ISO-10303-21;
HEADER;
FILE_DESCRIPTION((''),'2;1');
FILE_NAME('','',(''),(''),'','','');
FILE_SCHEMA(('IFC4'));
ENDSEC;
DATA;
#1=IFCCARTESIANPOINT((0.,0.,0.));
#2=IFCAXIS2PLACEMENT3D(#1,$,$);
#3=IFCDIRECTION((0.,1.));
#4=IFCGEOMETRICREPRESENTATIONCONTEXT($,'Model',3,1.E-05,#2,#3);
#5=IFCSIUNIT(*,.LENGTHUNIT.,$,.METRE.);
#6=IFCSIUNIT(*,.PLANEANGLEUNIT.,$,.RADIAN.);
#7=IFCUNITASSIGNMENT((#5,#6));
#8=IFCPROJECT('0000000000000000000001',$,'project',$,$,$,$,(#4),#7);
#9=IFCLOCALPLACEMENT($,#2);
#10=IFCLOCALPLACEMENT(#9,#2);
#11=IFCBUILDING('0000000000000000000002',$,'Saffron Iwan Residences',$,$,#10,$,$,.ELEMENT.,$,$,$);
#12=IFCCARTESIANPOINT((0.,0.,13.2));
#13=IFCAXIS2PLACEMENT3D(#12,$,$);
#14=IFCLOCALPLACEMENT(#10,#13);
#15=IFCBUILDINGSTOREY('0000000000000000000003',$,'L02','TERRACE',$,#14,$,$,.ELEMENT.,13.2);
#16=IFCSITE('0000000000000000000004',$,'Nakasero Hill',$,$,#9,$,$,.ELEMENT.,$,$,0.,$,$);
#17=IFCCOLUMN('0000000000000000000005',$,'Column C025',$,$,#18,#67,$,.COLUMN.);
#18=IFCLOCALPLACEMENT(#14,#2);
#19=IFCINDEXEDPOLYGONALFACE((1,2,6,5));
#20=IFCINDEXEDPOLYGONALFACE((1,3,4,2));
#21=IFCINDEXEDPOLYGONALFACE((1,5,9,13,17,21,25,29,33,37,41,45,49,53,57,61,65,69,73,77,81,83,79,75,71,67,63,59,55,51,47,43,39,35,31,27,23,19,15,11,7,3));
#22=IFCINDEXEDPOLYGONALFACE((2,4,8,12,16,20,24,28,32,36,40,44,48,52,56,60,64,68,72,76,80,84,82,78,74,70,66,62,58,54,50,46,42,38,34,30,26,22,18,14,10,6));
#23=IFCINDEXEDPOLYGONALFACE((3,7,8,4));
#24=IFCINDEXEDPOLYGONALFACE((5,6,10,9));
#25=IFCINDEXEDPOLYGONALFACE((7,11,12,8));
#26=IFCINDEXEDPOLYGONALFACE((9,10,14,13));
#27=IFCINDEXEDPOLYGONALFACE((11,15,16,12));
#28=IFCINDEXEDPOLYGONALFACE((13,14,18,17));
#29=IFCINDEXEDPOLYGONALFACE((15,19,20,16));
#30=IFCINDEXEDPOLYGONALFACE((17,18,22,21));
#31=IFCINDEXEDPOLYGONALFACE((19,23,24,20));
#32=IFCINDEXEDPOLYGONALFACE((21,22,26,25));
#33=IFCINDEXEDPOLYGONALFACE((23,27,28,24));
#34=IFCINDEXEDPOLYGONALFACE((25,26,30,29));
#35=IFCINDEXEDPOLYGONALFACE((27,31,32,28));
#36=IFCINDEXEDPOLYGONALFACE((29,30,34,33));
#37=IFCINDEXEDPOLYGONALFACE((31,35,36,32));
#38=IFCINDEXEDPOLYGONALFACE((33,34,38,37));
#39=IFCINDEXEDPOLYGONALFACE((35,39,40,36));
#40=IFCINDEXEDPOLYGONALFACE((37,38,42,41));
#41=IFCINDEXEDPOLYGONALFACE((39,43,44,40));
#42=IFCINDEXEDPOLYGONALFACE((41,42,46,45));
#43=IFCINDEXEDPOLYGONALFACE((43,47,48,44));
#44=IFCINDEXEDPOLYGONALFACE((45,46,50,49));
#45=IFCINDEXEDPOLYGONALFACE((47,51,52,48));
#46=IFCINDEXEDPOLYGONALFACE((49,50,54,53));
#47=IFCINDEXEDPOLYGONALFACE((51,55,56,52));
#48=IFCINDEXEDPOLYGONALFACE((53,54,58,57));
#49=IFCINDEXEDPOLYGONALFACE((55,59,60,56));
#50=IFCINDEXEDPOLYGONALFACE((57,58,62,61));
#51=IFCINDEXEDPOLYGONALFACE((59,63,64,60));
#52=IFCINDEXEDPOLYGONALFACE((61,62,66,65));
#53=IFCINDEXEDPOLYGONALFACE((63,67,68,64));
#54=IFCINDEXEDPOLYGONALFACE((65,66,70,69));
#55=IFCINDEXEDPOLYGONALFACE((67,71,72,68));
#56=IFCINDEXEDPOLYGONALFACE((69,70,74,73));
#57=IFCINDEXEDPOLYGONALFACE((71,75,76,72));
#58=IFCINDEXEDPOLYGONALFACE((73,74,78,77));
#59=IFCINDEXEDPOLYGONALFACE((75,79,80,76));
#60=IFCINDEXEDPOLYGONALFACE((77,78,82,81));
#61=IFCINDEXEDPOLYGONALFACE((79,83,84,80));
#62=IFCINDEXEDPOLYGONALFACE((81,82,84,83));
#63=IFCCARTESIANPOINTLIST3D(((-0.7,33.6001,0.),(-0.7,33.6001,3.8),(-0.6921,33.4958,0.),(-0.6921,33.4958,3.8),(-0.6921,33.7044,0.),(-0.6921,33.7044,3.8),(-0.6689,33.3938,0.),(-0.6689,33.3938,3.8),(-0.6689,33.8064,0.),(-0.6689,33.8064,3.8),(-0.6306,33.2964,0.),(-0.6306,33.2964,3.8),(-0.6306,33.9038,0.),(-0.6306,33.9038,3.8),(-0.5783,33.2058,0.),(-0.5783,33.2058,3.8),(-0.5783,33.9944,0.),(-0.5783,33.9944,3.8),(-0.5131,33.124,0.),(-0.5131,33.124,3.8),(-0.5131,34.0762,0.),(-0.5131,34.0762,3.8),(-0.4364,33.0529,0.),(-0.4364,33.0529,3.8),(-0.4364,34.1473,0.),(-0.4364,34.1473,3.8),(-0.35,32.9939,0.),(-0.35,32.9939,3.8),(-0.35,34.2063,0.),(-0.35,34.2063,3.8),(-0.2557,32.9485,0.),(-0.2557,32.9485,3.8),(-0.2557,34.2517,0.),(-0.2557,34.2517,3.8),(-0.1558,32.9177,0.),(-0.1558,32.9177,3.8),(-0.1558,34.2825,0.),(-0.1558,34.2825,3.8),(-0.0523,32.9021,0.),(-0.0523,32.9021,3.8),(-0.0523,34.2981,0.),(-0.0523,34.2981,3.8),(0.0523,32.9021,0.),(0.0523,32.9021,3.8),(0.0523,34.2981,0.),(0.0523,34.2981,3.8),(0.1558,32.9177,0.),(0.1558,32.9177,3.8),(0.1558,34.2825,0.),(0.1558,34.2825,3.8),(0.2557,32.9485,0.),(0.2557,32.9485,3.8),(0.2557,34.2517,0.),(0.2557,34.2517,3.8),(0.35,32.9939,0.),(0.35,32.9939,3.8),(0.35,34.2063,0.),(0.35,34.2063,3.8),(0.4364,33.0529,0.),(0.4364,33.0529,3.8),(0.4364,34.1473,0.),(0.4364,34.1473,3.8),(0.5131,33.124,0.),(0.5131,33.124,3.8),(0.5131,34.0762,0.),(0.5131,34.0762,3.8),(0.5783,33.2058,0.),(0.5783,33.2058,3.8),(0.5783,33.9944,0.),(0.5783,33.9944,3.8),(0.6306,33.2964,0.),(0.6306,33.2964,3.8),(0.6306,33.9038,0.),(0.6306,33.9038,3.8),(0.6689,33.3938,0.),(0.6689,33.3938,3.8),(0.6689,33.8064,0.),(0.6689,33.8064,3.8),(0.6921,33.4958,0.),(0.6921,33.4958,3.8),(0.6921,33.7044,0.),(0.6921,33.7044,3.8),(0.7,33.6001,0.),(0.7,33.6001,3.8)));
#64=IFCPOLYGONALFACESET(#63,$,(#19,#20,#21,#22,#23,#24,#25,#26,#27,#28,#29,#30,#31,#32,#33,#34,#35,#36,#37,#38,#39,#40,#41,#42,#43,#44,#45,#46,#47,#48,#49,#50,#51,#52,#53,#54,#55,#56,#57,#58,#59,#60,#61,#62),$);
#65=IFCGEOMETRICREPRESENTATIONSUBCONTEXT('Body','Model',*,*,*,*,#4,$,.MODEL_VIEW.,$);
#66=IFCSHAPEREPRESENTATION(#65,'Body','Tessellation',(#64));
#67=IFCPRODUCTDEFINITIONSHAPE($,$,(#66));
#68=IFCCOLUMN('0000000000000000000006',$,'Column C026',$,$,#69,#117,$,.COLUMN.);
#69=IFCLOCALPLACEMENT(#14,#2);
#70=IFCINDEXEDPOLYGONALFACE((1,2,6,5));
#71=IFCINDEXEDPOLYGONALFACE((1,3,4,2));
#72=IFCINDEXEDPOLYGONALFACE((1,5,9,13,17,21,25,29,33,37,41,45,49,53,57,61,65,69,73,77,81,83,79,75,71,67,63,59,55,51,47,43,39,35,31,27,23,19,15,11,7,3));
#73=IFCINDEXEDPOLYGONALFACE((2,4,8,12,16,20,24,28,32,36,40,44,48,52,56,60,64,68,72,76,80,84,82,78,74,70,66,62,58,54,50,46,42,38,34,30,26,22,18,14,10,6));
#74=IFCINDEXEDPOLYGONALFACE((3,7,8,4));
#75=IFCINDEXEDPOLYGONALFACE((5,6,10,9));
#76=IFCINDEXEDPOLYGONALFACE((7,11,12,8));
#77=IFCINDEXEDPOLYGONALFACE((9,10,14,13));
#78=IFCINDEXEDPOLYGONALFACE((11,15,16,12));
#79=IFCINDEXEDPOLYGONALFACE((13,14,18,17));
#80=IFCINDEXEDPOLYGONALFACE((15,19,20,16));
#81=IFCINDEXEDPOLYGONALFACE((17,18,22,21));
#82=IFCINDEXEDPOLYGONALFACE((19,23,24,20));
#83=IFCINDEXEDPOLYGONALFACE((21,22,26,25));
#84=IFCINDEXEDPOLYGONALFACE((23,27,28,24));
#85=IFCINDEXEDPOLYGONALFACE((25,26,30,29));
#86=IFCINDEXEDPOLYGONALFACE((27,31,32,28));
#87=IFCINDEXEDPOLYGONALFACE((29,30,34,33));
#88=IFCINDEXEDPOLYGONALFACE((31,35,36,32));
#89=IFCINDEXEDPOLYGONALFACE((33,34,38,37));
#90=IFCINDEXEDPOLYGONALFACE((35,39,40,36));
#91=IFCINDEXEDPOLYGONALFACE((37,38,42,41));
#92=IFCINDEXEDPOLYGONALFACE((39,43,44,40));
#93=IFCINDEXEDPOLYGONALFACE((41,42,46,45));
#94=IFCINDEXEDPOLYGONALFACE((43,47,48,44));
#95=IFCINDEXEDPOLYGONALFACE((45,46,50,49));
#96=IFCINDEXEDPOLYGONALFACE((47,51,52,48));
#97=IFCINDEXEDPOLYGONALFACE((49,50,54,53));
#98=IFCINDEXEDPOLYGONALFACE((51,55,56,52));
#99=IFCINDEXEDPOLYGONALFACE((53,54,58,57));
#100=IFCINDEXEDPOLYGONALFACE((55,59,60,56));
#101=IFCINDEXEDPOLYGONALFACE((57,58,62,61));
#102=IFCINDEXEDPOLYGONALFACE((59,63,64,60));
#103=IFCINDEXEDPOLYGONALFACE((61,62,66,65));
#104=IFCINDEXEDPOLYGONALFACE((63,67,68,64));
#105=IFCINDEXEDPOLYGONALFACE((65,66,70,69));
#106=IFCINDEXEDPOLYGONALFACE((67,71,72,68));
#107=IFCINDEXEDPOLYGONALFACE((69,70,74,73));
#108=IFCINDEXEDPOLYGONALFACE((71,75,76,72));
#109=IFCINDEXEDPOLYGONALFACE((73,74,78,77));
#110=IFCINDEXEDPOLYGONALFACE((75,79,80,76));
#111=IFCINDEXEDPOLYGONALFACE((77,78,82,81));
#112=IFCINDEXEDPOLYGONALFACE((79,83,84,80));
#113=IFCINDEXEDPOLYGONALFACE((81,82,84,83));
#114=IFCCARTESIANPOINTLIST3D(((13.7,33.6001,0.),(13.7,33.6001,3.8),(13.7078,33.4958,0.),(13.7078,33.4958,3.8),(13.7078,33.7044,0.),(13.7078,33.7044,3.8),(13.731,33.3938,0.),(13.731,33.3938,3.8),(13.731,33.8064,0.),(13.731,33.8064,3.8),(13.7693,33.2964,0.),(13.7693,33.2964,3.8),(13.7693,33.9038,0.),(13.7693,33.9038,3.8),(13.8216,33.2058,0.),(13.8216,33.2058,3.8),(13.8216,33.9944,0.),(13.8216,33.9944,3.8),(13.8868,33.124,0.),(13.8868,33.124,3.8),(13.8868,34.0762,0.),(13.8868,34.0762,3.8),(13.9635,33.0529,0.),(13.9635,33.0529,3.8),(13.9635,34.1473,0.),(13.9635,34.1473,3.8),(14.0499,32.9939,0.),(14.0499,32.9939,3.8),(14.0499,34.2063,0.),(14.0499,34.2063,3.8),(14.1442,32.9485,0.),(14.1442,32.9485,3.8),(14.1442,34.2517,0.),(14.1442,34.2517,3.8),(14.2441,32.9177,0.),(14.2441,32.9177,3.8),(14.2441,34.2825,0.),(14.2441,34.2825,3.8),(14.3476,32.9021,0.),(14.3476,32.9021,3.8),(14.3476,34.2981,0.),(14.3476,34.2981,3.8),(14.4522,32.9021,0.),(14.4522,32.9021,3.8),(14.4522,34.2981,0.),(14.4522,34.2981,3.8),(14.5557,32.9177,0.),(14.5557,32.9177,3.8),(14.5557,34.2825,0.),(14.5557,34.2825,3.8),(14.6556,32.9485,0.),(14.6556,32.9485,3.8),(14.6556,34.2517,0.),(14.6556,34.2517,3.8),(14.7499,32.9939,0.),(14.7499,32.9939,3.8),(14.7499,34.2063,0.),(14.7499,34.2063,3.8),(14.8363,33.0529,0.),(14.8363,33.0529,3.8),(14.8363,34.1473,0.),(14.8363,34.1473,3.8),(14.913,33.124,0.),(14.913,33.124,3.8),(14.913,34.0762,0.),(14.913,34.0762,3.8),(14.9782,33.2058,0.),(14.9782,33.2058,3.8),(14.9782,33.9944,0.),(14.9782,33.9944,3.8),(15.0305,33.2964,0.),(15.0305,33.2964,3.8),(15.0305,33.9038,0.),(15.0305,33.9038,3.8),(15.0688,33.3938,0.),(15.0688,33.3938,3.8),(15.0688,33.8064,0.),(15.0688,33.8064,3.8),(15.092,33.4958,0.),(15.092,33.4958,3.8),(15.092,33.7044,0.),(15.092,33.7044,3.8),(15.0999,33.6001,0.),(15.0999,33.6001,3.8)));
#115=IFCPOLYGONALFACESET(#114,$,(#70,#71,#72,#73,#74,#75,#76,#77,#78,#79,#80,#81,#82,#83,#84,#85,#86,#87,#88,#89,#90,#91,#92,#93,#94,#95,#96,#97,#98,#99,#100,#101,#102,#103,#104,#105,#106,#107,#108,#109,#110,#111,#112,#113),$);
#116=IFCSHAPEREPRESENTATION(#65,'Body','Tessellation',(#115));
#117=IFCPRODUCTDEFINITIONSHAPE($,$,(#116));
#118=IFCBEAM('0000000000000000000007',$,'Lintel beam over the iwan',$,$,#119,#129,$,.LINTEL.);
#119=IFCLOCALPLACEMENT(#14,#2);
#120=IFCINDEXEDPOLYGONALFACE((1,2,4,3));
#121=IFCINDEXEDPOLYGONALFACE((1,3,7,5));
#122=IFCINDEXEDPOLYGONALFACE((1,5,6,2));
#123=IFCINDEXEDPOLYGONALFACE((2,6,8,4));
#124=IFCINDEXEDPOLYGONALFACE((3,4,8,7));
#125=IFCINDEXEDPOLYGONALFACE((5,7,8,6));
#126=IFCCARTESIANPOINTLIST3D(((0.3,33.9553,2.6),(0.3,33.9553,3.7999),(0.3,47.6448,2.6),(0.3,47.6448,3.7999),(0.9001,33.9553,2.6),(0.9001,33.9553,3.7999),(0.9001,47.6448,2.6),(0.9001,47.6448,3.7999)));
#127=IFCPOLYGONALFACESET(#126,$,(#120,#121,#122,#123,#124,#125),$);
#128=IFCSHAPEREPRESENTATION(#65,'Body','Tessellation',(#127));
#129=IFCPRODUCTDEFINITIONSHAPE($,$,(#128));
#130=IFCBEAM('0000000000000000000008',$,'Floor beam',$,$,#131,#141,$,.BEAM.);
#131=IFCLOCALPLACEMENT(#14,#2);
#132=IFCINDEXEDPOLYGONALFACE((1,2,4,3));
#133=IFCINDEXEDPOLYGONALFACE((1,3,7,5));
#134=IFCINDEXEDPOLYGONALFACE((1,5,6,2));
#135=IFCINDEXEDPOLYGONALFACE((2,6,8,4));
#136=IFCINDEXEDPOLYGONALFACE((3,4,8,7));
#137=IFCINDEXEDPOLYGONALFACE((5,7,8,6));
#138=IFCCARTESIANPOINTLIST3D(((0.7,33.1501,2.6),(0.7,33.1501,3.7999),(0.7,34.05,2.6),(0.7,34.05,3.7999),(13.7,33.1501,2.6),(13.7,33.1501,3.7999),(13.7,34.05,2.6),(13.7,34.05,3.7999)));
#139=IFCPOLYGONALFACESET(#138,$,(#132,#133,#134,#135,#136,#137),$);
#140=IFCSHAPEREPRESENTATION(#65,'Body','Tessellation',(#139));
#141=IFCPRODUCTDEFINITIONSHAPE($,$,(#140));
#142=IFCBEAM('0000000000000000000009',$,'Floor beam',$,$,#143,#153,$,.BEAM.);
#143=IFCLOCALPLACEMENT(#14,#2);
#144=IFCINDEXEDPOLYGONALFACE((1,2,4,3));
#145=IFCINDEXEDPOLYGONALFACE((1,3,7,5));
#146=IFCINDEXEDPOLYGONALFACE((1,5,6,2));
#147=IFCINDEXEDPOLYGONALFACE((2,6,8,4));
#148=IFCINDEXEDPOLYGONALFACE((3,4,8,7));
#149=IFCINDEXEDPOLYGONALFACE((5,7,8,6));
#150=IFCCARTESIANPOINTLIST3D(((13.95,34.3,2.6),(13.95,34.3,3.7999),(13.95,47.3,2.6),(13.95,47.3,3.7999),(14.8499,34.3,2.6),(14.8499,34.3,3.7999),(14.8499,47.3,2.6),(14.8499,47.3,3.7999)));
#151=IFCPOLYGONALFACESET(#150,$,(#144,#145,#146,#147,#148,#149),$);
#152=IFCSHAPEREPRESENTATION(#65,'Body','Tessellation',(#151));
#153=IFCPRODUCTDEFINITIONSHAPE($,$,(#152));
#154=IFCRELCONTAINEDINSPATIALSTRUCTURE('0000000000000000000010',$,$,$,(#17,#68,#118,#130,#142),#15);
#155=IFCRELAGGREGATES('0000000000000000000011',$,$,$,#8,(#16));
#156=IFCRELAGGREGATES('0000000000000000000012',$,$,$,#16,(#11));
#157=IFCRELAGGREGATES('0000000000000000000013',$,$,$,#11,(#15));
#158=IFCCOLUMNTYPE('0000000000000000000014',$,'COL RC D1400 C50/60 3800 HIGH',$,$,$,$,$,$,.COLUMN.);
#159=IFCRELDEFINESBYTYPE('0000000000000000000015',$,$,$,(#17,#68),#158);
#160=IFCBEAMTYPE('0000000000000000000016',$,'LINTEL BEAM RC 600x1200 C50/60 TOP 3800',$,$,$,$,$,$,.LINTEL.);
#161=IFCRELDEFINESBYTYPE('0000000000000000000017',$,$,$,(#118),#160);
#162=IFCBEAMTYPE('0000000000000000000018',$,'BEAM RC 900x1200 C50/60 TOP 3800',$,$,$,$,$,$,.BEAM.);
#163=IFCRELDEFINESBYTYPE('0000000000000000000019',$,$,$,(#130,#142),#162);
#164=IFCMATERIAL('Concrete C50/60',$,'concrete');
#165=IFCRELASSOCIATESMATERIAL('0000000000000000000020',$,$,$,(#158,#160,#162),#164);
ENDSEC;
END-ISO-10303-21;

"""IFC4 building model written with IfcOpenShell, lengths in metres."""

from ifc_helpers import new_model, si_unit, direction, frame, origin, origin_2d, place, context, subcontext, project, spatial, rectangle, circle, extrude, source, transform, mapped, material, material_profile, profile_set, type_object, element, save


model = new_model("IFC4")

# Units and contexts
model_context = context("Model", 3, precision=1e-05, world=origin(), true_north=direction((0.0, 1.0)))
body_context = subcontext(model_context, "Body", "Model", "MODEL_VIEW")
ifc_project = project(units=[si_unit("LENGTHUNIT", "METRE"), si_unit("PLANEANGLEUNIT", "RADIAN")], contexts=[model_context])

# Site, building, storey
site_placement = place(None, origin())
site = spatial("IfcSite", under=ifc_project, at=site_placement, Name="Nakasero Hill", CompositionType="ELEMENT", RefElevation=0.0)
building_placement = place(site_placement, origin())
building = spatial("IfcBuilding", under=site, at=building_placement, Name="Saffron Iwan Residences", CompositionType="ELEMENT")
storey_placement = place(building_placement, frame((0.0, 0.0, 13.2)))
storey = spatial("IfcBuildingStorey", under=building, at=storey_placement, Name="L02", Description="TERRACE", CompositionType="ELEMENT", Elevation=13.2)

# Columns
ifc_material_1 = material(Name="Concrete C50/60", Category="concrete")
ifc_material_profile_1 = material_profile(ifc_material_1, circle(Radius=0.7, at=origin_2d()), Name="RC D1400")
ifc_profile_set_1 = profile_set([ifc_material_profile_1], Name="Concrete C50/60")
column_type = type_object("IfcColumnType", Name="COL RC D1400 C50/60 3800 HIGH", PredefinedType="COLUMN", material=ifc_profile_set_1)
shared_shape_1 = source(origin(), body_context, "Body", "SweptSolid", [
    extrude(circle(Radius=0.7, at=origin_2d()), origin(), (0.0, 0.0, 1.0), 3.8),
])
for number, where, z_axis, x_axis, name in (
    (1, (0.0, 33.6001, 0.0), (0.0, 0.0, 1.0), (1.0, 0.0, 0.0), "Column C025"),
    (2, (14.3999, 33.6001, 0.0), (0.0, 0.0, 1.0), (1.0, 0.0, 0.0), "Column C026"),
):
    element("IfcColumn", number, at=place(storey_placement, frame(where, z_axis=z_axis, x_axis=x_axis)), inside=storey, type_object=column_type, Name=name, PredefinedType="COLUMN", context=body_context, shape_type="MappedRepresentation", body=[
        mapped(shared_shape_1, transform((0.0, 0.0, 0.0))),
    ])

# Beams
ifc_material_profile_2 = material_profile(ifc_material_1, rectangle(XDim=0.6001, YDim=1.2, at=origin_2d()), Name="RC 600x1200")
ifc_profile_set_2 = profile_set([ifc_material_profile_2], Name="Concrete C50/60")
beam_type_1 = type_object("IfcBeamType", Name="LINTEL BEAM RC 600x1200 C50/60 TOP 3800", PredefinedType="LINTEL", material=ifc_profile_set_2)
shared_shape_2 = source(origin(), body_context, "Body", "SweptSolid", [
    extrude(rectangle(XDim=0.6001, YDim=1.2, at=origin_2d()), origin(), (0.0, 0.0, 1.0), 13.6895),
])
beam_placement = place(storey_placement, frame((0.6001, 33.9553, 3.2), z_axis=(0.0, 1.0, 0.0), x_axis=(-1.0, 0.0, 0.0)))
element("IfcBeam", 3, at=beam_placement, inside=storey, type_object=beam_type_1, Name="Lintel beam over the iwan", PredefinedType="LINTEL", context=body_context, shape_type="MappedRepresentation", body=[
    mapped(shared_shape_2, transform((0.0, 0.0, 0.0))),
])
ifc_material_profile_3 = material_profile(ifc_material_1, rectangle(XDim=0.8999, YDim=1.2, at=origin_2d()), Name="RC 900x1200")
ifc_profile_set_3 = profile_set([ifc_material_profile_3], Name="Concrete C50/60")
beam_type_2 = type_object("IfcBeamType", Name="BEAM RC 900x1200 C50/60 TOP 3800", PredefinedType="BEAM", material=ifc_profile_set_3)
shared_shape_3 = source(origin(), body_context, "Body", "SweptSolid", [
    extrude(rectangle(XDim=0.8999, YDim=1.2, at=origin_2d()), origin(), (0.0, 0.0, 1.0), 13.0),
])
for number, where, z_axis, x_axis, name in (
    (4, (0.7, 33.6001, 3.2), (1.0, 0.0, 0.0), (0.0, 1.0, 0.0), "Floor beam"),
    (5, (14.3999, 34.3, 3.2), (0.0, 1.0, 0.0), (-1.0, 0.0, 0.0), "Floor beam"),
):
    element("IfcBeam", number, at=place(storey_placement, frame(where, z_axis=z_axis, x_axis=x_axis)), inside=storey, type_object=beam_type_2, Name=name, PredefinedType="BEAM", context=body_context, shape_type="MappedRepresentation", body=[
        mapped(shared_shape_3, transform((0.0, 0.0, 0.0))),
    ])

save(model, "model.ifc")
